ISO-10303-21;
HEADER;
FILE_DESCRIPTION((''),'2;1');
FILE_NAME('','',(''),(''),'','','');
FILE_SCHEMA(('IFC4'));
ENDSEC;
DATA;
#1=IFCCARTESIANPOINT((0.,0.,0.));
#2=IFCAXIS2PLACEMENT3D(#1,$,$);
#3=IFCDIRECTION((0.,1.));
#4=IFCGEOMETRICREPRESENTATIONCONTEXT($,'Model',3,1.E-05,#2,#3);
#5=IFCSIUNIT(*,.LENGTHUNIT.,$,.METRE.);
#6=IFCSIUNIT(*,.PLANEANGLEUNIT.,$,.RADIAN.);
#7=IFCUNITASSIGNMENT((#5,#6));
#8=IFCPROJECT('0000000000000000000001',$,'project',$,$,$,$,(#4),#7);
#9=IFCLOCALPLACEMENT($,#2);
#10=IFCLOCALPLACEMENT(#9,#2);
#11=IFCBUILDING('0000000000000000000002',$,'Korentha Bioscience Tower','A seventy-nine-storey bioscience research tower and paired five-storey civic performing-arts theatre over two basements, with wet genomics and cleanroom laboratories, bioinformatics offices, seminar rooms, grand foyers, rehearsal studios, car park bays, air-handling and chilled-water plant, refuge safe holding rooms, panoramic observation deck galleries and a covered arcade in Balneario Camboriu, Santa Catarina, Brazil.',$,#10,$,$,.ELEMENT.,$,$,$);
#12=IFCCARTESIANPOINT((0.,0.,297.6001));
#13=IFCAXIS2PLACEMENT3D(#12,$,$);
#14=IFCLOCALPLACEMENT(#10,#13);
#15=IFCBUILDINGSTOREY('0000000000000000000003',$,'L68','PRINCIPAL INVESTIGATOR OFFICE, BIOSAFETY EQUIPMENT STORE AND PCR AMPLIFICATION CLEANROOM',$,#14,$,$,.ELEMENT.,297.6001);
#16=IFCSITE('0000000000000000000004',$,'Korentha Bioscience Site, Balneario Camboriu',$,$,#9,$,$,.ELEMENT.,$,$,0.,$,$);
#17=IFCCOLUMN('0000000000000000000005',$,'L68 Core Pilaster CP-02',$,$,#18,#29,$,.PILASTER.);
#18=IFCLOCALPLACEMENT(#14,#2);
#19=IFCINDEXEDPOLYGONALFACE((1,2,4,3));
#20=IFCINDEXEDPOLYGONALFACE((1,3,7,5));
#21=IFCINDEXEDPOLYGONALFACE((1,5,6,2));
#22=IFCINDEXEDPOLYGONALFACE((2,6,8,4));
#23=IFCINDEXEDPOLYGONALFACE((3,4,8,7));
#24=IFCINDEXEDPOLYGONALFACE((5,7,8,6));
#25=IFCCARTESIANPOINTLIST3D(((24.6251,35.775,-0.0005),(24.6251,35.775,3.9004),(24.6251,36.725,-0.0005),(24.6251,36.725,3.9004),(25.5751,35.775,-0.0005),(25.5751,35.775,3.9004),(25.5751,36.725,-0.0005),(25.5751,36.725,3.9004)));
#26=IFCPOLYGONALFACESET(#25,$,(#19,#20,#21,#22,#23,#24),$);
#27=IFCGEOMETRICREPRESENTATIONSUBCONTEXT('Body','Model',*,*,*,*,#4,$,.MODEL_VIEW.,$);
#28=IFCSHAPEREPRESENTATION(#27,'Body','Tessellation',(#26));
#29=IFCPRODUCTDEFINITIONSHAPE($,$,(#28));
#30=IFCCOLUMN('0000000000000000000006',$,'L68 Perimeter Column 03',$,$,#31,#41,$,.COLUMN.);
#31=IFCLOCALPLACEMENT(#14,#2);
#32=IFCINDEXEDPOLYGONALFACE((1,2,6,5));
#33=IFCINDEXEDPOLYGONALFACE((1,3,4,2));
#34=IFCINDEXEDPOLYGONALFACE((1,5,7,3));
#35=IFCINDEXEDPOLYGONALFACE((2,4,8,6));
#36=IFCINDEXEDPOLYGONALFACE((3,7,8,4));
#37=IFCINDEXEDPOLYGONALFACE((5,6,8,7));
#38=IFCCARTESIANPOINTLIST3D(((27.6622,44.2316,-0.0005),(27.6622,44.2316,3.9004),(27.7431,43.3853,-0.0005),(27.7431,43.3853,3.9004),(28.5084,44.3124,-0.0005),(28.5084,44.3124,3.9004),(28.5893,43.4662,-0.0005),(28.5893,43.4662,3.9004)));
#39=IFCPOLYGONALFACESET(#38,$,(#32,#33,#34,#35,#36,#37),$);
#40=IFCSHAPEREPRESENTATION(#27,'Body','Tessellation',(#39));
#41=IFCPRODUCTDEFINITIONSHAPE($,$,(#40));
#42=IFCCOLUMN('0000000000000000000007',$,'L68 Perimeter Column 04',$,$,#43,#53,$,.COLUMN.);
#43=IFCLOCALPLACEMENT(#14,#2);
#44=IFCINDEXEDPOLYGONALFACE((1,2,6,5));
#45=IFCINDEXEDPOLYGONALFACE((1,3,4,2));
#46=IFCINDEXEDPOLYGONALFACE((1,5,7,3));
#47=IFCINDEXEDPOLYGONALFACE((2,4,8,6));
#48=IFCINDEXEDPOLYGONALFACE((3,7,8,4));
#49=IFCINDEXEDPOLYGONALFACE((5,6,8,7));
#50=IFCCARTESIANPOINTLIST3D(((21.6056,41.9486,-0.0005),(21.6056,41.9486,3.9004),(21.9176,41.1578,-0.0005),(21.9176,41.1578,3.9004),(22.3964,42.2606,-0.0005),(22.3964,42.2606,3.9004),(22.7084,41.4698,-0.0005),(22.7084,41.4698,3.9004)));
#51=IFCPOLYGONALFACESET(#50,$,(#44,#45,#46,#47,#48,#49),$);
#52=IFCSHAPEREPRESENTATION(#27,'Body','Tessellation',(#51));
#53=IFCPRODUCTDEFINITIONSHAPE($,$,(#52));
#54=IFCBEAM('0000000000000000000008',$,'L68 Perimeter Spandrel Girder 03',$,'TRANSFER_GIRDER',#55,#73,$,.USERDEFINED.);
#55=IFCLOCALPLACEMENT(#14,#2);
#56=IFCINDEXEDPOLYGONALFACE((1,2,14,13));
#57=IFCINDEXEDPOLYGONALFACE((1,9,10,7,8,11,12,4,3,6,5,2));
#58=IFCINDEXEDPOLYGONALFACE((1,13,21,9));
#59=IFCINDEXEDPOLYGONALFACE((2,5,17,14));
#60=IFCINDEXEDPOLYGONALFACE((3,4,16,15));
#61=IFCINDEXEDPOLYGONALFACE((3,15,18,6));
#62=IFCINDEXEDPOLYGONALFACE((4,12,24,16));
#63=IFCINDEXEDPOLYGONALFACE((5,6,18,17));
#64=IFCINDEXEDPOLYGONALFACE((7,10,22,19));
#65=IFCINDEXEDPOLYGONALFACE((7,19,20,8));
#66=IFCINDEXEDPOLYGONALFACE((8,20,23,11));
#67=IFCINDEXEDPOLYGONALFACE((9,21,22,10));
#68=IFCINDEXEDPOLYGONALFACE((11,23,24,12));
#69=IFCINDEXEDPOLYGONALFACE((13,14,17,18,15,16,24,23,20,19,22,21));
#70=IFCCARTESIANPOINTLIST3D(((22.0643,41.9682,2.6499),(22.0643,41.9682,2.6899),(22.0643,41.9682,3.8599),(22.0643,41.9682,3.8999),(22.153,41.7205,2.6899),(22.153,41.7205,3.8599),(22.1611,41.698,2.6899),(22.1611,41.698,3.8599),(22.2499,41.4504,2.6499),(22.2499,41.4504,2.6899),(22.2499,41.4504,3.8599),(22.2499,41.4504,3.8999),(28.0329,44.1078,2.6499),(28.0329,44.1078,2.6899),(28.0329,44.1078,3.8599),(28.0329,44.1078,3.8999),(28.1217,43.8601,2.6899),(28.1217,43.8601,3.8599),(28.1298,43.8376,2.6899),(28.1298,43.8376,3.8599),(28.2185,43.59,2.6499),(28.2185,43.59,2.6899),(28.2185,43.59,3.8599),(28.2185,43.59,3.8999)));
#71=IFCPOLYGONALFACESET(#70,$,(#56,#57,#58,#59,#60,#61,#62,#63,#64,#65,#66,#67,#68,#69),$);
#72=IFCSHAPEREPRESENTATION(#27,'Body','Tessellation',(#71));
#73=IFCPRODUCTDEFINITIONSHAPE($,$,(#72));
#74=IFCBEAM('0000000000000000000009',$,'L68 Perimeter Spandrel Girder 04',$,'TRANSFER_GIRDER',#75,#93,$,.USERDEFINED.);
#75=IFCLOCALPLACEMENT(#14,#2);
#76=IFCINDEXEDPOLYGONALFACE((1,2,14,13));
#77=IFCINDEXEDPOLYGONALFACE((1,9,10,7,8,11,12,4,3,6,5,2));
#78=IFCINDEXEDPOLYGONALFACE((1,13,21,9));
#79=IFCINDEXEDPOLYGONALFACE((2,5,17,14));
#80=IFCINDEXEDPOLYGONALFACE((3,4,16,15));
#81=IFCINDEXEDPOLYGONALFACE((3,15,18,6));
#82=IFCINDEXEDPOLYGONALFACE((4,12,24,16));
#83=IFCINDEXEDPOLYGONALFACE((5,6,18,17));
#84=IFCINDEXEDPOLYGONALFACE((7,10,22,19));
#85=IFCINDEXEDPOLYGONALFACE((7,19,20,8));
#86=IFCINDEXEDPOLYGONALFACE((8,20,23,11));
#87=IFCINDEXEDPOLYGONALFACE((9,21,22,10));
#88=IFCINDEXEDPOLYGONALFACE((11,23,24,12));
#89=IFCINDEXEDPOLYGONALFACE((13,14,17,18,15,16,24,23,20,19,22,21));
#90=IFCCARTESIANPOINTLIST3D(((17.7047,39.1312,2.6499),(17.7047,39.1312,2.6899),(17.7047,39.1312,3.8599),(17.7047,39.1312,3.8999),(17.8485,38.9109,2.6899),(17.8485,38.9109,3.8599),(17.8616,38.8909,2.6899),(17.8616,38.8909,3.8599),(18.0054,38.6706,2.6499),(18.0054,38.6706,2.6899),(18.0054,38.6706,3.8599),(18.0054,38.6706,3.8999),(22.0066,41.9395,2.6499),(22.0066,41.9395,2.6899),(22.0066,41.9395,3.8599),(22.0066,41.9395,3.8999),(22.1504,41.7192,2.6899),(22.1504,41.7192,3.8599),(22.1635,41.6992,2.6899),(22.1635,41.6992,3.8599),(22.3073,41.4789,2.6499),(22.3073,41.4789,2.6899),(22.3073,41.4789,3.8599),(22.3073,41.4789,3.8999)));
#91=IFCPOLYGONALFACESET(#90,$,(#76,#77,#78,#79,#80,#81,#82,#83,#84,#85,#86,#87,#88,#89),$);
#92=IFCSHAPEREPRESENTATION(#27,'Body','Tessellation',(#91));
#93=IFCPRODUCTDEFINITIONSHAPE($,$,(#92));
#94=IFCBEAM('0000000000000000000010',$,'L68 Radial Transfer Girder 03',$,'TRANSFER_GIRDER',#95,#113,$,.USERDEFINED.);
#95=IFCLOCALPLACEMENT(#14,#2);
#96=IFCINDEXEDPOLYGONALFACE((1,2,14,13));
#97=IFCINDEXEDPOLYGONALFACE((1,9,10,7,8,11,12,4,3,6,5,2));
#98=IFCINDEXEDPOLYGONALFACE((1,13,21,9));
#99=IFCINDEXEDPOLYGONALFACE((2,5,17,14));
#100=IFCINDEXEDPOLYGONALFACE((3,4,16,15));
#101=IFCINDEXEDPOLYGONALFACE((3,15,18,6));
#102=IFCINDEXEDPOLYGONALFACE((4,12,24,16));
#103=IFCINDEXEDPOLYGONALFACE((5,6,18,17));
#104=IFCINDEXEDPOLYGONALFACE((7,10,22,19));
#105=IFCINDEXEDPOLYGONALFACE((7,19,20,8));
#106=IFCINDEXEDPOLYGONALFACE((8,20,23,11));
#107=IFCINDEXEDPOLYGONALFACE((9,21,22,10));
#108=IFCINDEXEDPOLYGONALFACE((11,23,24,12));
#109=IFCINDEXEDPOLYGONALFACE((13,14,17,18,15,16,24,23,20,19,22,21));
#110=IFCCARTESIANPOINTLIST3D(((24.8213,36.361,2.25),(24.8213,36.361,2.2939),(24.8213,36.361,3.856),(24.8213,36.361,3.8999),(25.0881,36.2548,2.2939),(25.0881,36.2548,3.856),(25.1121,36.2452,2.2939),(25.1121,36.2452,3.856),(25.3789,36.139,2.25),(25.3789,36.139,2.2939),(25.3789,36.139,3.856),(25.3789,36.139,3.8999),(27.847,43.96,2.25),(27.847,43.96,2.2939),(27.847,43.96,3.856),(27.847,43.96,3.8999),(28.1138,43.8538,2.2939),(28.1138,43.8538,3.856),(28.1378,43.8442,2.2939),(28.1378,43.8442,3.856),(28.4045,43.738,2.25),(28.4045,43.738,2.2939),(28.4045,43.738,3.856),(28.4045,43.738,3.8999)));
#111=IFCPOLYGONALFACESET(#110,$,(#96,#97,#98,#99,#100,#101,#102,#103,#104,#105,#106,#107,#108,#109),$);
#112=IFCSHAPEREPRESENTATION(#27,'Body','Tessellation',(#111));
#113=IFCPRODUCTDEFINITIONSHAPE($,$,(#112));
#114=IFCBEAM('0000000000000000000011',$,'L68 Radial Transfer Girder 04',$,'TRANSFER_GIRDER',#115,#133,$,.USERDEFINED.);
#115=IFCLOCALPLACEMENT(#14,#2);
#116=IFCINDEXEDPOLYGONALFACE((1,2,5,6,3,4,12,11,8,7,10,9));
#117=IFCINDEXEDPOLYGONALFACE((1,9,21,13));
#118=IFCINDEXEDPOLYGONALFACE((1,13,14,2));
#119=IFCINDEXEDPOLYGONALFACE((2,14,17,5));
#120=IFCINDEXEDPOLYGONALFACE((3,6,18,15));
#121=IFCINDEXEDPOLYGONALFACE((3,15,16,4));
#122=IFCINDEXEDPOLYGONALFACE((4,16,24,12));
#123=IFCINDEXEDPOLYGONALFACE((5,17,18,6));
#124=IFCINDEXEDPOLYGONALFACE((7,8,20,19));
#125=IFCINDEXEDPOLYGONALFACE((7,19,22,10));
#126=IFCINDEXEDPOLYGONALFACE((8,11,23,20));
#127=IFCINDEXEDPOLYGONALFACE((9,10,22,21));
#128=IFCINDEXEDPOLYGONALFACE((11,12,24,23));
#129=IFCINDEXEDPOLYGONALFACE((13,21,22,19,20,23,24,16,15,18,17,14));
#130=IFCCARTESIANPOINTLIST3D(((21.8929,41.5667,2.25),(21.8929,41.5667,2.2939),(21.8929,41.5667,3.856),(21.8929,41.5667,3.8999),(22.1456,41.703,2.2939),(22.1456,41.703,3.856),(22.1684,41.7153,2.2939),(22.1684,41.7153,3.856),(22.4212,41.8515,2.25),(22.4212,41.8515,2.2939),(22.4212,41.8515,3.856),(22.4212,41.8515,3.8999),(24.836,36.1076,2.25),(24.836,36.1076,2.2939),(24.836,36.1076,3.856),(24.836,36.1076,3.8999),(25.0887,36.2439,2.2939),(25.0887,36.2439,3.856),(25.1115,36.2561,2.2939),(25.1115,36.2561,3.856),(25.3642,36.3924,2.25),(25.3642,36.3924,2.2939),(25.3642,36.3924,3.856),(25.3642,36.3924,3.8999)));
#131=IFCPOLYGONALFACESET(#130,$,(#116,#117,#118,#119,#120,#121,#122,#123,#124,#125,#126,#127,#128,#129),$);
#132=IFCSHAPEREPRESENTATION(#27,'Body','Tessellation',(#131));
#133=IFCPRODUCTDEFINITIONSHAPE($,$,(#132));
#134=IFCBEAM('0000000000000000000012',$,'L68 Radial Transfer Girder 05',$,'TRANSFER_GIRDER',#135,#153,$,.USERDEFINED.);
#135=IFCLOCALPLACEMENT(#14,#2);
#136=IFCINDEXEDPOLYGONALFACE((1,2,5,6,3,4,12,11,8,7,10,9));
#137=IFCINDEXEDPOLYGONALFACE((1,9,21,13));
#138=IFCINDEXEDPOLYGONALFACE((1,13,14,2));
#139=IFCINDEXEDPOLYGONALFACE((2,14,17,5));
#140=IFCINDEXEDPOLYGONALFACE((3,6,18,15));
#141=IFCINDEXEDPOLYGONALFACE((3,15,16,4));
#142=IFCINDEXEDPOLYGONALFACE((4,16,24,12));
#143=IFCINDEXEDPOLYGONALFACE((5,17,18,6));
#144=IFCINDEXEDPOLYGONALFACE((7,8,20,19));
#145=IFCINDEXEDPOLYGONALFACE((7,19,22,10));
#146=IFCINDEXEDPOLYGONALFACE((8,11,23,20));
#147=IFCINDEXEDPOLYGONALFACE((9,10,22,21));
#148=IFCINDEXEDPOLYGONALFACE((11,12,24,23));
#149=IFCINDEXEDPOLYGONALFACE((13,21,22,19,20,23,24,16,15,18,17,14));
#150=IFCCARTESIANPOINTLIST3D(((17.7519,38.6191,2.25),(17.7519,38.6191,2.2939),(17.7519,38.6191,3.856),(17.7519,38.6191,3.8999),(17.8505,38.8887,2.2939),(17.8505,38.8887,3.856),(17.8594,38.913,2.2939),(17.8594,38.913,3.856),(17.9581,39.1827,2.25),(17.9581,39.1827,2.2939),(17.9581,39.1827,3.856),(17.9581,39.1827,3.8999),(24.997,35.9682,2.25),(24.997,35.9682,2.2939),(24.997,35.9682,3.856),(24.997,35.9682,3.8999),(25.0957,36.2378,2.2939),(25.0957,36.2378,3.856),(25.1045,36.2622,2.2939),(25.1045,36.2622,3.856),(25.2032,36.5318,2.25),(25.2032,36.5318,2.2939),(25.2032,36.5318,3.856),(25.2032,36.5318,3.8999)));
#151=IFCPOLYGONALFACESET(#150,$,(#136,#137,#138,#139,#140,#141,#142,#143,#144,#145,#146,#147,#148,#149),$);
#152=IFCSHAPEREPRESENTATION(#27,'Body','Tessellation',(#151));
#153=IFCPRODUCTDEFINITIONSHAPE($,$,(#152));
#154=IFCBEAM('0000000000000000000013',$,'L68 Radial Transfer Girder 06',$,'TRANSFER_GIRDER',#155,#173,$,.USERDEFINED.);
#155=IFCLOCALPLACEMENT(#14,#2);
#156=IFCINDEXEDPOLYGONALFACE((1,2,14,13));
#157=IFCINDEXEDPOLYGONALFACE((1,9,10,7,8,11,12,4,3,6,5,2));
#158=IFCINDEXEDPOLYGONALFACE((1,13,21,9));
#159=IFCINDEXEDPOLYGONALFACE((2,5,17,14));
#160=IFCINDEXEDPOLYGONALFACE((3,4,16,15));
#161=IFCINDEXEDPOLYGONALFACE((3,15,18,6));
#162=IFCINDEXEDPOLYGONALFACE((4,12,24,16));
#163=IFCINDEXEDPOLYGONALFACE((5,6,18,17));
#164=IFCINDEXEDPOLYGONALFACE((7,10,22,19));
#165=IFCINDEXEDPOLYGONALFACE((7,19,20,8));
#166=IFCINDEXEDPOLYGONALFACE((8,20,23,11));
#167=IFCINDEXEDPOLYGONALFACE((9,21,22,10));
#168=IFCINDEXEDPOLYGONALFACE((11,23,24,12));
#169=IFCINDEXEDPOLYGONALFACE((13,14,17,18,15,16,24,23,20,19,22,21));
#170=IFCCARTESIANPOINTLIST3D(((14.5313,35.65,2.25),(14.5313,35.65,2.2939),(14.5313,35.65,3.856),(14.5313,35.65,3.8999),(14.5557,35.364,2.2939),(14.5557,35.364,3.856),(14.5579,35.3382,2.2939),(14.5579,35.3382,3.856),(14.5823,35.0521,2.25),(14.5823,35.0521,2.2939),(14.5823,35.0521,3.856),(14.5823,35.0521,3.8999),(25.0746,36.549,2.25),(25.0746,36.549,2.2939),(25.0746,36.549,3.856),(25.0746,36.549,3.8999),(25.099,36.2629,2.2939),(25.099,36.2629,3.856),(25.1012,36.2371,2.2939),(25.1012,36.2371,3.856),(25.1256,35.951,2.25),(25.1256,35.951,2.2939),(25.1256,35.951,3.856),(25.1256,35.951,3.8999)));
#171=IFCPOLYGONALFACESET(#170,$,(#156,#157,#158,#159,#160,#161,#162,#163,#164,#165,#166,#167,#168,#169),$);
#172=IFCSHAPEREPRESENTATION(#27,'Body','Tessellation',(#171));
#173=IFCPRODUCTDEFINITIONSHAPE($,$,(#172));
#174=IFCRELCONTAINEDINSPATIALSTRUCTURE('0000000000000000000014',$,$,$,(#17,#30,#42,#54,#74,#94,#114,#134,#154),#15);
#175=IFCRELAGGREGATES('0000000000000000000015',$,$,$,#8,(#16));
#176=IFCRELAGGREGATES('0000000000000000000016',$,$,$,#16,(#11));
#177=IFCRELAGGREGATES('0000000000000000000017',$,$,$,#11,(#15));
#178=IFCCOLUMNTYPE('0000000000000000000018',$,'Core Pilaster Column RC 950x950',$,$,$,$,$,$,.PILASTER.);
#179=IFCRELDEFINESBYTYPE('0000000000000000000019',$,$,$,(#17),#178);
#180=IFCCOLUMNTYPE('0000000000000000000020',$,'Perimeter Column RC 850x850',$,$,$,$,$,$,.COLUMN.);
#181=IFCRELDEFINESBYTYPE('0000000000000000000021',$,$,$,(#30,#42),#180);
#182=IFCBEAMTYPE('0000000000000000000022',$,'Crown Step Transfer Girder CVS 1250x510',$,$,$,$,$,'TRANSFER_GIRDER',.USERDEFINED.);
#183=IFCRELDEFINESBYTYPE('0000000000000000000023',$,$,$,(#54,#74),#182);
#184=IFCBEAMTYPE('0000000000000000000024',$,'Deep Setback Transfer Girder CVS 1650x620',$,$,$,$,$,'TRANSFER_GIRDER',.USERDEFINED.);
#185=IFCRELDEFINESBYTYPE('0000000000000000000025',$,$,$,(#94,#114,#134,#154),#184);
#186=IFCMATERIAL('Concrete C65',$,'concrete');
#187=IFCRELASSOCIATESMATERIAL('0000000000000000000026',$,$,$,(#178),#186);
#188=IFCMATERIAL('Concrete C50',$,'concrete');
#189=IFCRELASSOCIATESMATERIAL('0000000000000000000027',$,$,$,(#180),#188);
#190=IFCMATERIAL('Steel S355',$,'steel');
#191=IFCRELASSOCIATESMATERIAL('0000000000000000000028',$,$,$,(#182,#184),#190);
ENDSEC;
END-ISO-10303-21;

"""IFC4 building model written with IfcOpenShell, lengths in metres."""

from ifc_helpers import new_model, si_unit, direction, frame, origin, origin_2d, place, context, subcontext, project, spatial, rectangle, i_section, extrude, material, material_profile, profile_set, type_object, element, save


model = new_model("IFC4")

# Units and contexts
model_context = context("Model", 3, precision=1e-05, world=origin(), true_north=direction((0.0, 1.0)))
body_context = subcontext(model_context, "Body", "Model", "MODEL_VIEW")
ifc_project = project(units=[si_unit("LENGTHUNIT", "METRE"), si_unit("PLANEANGLEUNIT", "RADIAN")], contexts=[model_context])

# Site, building, storey
site_placement = place(None, origin())
site = spatial("IfcSite", under=ifc_project, at=site_placement, Name="Korentha Bioscience Site, Balneario Camboriu", CompositionType="ELEMENT", RefElevation=0.0)
building_placement = place(site_placement, origin())
building = spatial("IfcBuilding", under=site, at=building_placement, Name="Korentha Bioscience Tower", Description="A seventy-nine-storey bioscience research tower and paired five-storey civic performing-arts theatre over two basements, with wet genomics and cleanroom laboratories, bioinformatics offices, seminar rooms, grand foyers, rehearsal studios, car park bays, air-handling and chilled-water plant, refuge safe holding rooms, panoramic observation deck galleries and a covered arcade in Balneario Camboriu, Santa Catarina, Brazil.", CompositionType="ELEMENT")
storey_placement = place(building_placement, frame((0.0, 0.0, 297.6001)))
storey = spatial("IfcBuildingStorey", under=building, at=storey_placement, Name="L68", Description="PRINCIPAL INVESTIGATOR OFFICE, BIOSAFETY EQUIPMENT STORE AND PCR AMPLIFICATION CLEANROOM", CompositionType="ELEMENT", Elevation=297.6001)

# Columns
ifc_material_1 = material(Name="Concrete C65", Category="concrete")
ifc_material_profile_1 = material_profile(ifc_material_1, rectangle(XDim=0.95, YDim=0.95, at=origin_2d()), Name="Concrete C65")
ifc_profile_set_1 = profile_set([ifc_material_profile_1], Name="Concrete C65 (COL-CP09)")
column_type_1 = type_object("IfcColumnType", Name="Core Pilaster Column RC 950x950", PredefinedType="PILASTER", material=ifc_profile_set_1)
column_placement = place(storey_placement, frame((25.1001, 36.25, -0.0005), z_axis=(0.0, 0.0, 1.0), x_axis=(1.0, 0.0, 0.0)))
element("IfcColumn", 1, at=column_placement, inside=storey, type_object=column_type_1, Name="L68 Core Pilaster CP-02", PredefinedType="PILASTER", context=body_context, shape_type="SweptSolid", body=[
    extrude(rectangle(XDim=0.95, YDim=0.95, at=origin_2d()), origin(), (0.0, 0.0, 1.0), 3.9009),
])
ifc_material_2 = material(Name="Concrete C50", Category="concrete")
ifc_material_profile_2 = material_profile(ifc_material_2, rectangle(XDim=0.8501, YDim=0.8501, at=origin_2d()), Name="Concrete C50")
ifc_profile_set_2 = profile_set([ifc_material_profile_2], Name="Concrete C50 (COL-P08)")
column_type_2 = type_object("IfcColumnType", Name="Perimeter Column RC 850x850", PredefinedType="COLUMN", material=ifc_profile_set_2)
for number, where, z_axis, x_axis, name in (
    (2, (28.1257, 43.8489, -0.0005), (0.0, 0.0, 1.0), (0.995463, 0.095151, 0.0), "L68 Perimeter Column 03"),
    (3, (22.157, 41.7092, -0.0005), (0.0, 0.0, 1.0), (0.930226, 0.366988, 0.0), "L68 Perimeter Column 04"),
):
    element("IfcColumn", number, at=place(storey_placement, frame(where, z_axis=z_axis, x_axis=x_axis)), inside=storey, type_object=column_type_2, Name=name, PredefinedType="COLUMN", context=body_context, shape_type="SweptSolid", body=[
        extrude(rectangle(XDim=0.8501, YDim=0.8501, at=origin_2d()), origin(), (0.0, 0.0, 1.0), 3.9009),
    ])

# Beams
ifc_material_3 = material(Name="Steel S355", Category="steel")
ifc_material_profile_3 = material_profile(ifc_material_3, i_section(OverallWidth=0.55, OverallDepth=1.25, WebThickness=0.0239, FlangeThickness=0.04, at=origin_2d()), Name="Steel S355")
ifc_profile_set_3 = profile_set([ifc_material_profile_3], Name="Steel S355 (TG-03)")
beam_type_1 = type_object("IfcBeamType", Name="Crown Step Transfer Girder CVS 1250x510", ElementType="TRANSFER_GIRDER", PredefinedType="USERDEFINED", material=ifc_profile_set_3)
beam_1_placement = place(storey_placement, frame((28.1257, 43.8489, 3.2749), z_axis=(-0.941344, -0.337448, 0.0), x_axis=(0.337448, -0.941344, 0.0)))
element("IfcBeam", 4, at=beam_1_placement, inside=storey, type_object=beam_type_1, Name="L68 Perimeter Spandrel Girder 03", ObjectType="TRANSFER_GIRDER", PredefinedType="USERDEFINED", context=body_context, shape_type="SweptSolid", body=[
    extrude(i_section(OverallWidth=0.55, OverallDepth=1.25, WebThickness=0.0239, FlangeThickness=0.04, at=origin_2d()), origin(), (0.0, 0.0, 1.0), 6.3406),
])
beam_2_placement = place(storey_placement, frame((22.157, 41.7092, 3.2749), z_axis=(-0.83737, -0.546636, 0.0), x_axis=(0.546636, -0.83737, 0.0)))
element("IfcBeam", 5, at=beam_2_placement, inside=storey, type_object=beam_type_1, Name="L68 Perimeter Spandrel Girder 04", ObjectType="TRANSFER_GIRDER", PredefinedType="USERDEFINED", context=body_context, shape_type="SweptSolid", body=[
    extrude(i_section(OverallWidth=0.55, OverallDepth=1.25, WebThickness=0.0239, FlangeThickness=0.04, at=origin_2d()), origin(), (0.0, 0.0, 1.0), 5.1375),
])
ifc_material_profile_4 = material_profile(ifc_material_3, i_section(OverallWidth=0.6001, OverallDepth=1.6499, WebThickness=0.0259, FlangeThickness=0.0439, at=origin_2d()), Name="Steel S355")
ifc_profile_set_4 = profile_set([ifc_material_profile_4], Name="Steel S355 (TG-04)")
beam_type_2 = type_object("IfcBeamType", Name="Deep Setback Transfer Girder CVS 1650x620", ElementType="TRANSFER_GIRDER", PredefinedType="USERDEFINED", material=ifc_profile_set_4)
beam_3_placement = place(storey_placement, frame((25.1001, 36.25, 3.075), z_axis=(0.369923, 0.929062, 0.0), x_axis=(-0.929062, 0.369923, 0.0)))
element("IfcBeam", 6, at=beam_3_placement, inside=storey, type_object=beam_type_2, Name="L68 Radial Transfer Girder 03", ObjectType="TRANSFER_GIRDER", PredefinedType="USERDEFINED", context=body_context, shape_type="SweptSolid", body=[
    extrude(i_section(OverallWidth=0.6001, OverallDepth=1.6499, WebThickness=0.0259, FlangeThickness=0.0439, at=origin_2d()), origin(), (0.0, 0.0, 1.0), 8.1792),
])
beam_4_placement = place(storey_placement, frame((25.1001, 36.25, 3.075), z_axis=(-0.474541, 0.880233, 0.0), x_axis=(-0.880233, -0.474541, 0.0)))
element("IfcBeam", 7, at=beam_4_placement, inside=storey, type_object=beam_type_2, Name="L68 Radial Transfer Girder 04", ObjectType="TRANSFER_GIRDER", PredefinedType="USERDEFINED", context=body_context, shape_type="SweptSolid", body=[
    extrude(i_section(OverallWidth=0.6001, OverallDepth=1.6499, WebThickness=0.0259, FlangeThickness=0.0439, at=origin_2d()), origin(), (0.0, 0.0, 1.0), 6.2019),
])
beam_5_placement = place(storey_placement, frame((25.1001, 36.25, 3.075), z_axis=(-0.939113, 0.343607, 0.0), x_axis=(-0.343607, -0.939113, 0.0)))
element("IfcBeam", 8, at=beam_5_placement, inside=storey, type_object=beam_type_2, Name="L68 Radial Transfer Girder 05", ObjectType="TRANSFER_GIRDER", PredefinedType="USERDEFINED", context=body_context, shape_type="SweptSolid", body=[
    extrude(i_section(OverallWidth=0.6001, OverallDepth=1.6499, WebThickness=0.0259, FlangeThickness=0.0439, at=origin_2d()), origin(), (0.0, 0.0, 1.0), 7.7148),
])
beam_6_placement = place(storey_placement, frame((25.1001, 36.25, 3.075), z_axis=(-0.996385, -0.084953, 0.0), x_axis=(0.084953, -0.996385, 0.0)))
element("IfcBeam", 9, at=beam_6_placement, inside=storey, type_object=beam_type_2, Name="L68 Radial Transfer Girder 06", ObjectType="TRANSFER_GIRDER", PredefinedType="USERDEFINED", context=body_context, shape_type="SweptSolid", body=[
    extrude(i_section(OverallWidth=0.6001, OverallDepth=1.6499, WebThickness=0.0259, FlangeThickness=0.0439, at=origin_2d()), origin(), (0.0, 0.0, 1.0), 10.5815),
])

save(model, "model.ifc")
